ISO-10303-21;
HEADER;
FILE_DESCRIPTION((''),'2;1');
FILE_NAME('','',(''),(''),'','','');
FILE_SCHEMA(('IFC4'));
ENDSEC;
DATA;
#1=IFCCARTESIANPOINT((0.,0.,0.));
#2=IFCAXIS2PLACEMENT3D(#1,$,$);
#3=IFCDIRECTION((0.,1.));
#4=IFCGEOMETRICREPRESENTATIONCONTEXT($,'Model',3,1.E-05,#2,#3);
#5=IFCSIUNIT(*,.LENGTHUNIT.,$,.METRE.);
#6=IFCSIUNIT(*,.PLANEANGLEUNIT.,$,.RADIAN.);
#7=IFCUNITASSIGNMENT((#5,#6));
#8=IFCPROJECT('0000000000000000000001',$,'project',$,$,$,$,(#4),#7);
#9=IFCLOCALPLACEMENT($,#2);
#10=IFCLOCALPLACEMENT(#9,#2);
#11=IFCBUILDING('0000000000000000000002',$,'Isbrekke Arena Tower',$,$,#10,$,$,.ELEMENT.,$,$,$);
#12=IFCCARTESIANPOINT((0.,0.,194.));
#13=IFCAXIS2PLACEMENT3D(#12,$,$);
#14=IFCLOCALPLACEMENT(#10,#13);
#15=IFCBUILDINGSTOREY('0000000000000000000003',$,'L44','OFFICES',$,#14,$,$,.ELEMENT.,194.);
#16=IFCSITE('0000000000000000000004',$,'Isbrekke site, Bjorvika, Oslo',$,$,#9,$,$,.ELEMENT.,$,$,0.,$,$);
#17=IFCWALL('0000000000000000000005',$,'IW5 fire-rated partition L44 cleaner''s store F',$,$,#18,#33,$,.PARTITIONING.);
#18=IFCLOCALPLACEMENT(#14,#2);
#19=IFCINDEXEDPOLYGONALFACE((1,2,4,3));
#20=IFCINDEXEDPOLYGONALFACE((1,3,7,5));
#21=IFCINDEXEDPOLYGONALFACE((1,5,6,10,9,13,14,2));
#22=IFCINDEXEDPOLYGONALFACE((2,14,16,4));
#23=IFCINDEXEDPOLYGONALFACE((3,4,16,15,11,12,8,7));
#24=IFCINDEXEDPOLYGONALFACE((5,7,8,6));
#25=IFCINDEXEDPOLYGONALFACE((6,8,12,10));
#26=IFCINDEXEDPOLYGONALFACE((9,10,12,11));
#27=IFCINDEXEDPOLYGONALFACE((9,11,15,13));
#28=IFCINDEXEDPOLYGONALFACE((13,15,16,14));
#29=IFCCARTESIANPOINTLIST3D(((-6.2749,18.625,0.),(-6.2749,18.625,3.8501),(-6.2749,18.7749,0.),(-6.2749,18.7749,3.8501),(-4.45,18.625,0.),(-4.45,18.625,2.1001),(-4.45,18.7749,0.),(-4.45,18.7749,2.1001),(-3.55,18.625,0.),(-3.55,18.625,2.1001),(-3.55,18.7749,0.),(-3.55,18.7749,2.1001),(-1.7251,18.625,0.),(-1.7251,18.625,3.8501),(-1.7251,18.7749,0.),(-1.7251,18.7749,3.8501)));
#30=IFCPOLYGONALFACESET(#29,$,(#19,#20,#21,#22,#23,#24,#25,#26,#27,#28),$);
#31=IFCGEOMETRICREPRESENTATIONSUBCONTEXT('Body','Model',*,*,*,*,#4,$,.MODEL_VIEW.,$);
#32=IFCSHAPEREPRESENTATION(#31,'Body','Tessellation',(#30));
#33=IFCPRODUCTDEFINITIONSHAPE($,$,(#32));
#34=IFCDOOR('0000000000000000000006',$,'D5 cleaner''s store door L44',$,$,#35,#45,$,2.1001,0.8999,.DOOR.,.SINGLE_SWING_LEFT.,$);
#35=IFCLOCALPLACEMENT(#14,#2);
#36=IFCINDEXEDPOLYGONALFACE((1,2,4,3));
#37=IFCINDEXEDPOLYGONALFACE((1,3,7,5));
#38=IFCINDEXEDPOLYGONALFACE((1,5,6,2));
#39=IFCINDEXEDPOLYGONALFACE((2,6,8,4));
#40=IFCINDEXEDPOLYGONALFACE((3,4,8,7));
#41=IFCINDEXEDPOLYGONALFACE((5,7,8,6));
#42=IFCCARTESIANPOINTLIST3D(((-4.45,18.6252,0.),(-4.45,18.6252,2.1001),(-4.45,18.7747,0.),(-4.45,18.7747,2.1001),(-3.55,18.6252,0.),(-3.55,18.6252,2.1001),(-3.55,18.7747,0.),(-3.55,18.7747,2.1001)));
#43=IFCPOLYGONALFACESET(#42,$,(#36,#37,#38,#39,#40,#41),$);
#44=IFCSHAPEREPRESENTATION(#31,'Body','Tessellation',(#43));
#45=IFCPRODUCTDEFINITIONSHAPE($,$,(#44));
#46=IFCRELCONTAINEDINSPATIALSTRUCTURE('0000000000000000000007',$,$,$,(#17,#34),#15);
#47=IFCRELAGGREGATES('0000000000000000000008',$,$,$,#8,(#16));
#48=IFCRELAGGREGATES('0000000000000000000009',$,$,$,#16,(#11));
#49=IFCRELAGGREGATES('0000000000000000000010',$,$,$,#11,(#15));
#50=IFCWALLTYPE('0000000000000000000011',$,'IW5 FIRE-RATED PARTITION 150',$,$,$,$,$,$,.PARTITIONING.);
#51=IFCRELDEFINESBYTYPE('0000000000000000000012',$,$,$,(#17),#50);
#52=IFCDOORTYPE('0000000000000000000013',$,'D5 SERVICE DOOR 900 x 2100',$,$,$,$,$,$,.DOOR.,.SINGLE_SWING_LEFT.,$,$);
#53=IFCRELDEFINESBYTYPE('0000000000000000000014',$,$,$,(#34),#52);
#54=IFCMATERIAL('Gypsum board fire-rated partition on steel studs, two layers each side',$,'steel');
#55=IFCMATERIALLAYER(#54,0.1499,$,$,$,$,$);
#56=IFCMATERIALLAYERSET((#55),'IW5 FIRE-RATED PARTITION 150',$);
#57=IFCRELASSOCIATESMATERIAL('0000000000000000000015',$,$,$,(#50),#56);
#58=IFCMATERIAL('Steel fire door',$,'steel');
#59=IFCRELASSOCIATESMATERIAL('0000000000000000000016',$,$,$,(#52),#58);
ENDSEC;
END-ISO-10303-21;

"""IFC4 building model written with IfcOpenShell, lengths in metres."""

from ifc_helpers import new_model, si_unit, direction, frame, frame_2d, origin, place, context, subcontext, project, spatial, rectangle, extrude, material, layer, layer_set, type_object, element, fill, save


model = new_model("IFC4")

# Units and contexts
model_context = context("Model", 3, precision=1e-05, world=origin(), true_north=direction((0.0, 1.0)))
body_context = subcontext(model_context, "Body", "Model", "MODEL_VIEW")
ifc_project = project(units=[si_unit("LENGTHUNIT", "METRE"), si_unit("PLANEANGLEUNIT", "RADIAN")], contexts=[model_context])

# Site, building, storey
site_placement = place(None, origin())
site = spatial("IfcSite", under=ifc_project, at=site_placement, Name="Isbrekke site, Bjorvika, Oslo", CompositionType="ELEMENT", RefElevation=0.0)
building_placement = place(site_placement, origin())
building = spatial("IfcBuilding", under=site, at=building_placement, Name="Isbrekke Arena Tower", CompositionType="ELEMENT")
storey_placement = place(building_placement, frame((0.0, 0.0, 194.0)))
storey = spatial("IfcBuildingStorey", under=building, at=storey_placement, Name="L44", Description="OFFICES", CompositionType="ELEMENT", Elevation=194.0)

# Wall, opening, door
ifc_material_1 = material(Name="Gypsum board fire-rated partition on steel studs, two layers each side", Category="steel")
ifc_layer_1 = layer(ifc_material_1, 0.1499)
ifc_layer_set_1 = layer_set([ifc_layer_1], Name="IW5 FIRE-RATED PARTITION 150")
wall_type_1 = type_object("IfcWallType", Name="IW5 FIRE-RATED PARTITION 150", PredefinedType="PARTITIONING", material=ifc_layer_set_1)
wall_1_placement = place(storey_placement, frame((-6.2749, 18.7, 0.0), z_axis=(0.0, 0.0, 1.0), x_axis=(1.0, 0.0, 0.0)))
wall_1 = element("IfcWall", 1, at=wall_1_placement, inside=storey, type_object=wall_type_1, Name="IW5 fire-rated partition L44 cleaner's store F", PredefinedType="PARTITIONING", context=body_context, shape_type="SweptSolid", body=[
    extrude(rectangle(XDim=4.5498, YDim=0.1499, at=frame_2d((2.2749, 0.0))), origin(), (0.0, 0.0, 1.0), 3.8501),
])
opening_1_placement = place(wall_1_placement, frame((1.825, 0.0, 0.0)))
opening_1 = element("IfcOpeningElement", 2, at=opening_1_placement, cuts=wall_1, PredefinedType="OPENING", context=body_context, shape_type="SweptSolid", body=[
    extrude(rectangle(XDim=0.8999, YDim=2.1001, at=frame_2d((0.45, 1.05))), frame((0.0, 0.0898, 0.0), z_axis=(0.0, -1.0, 0.0), x_axis=(1.0, 0.0, 0.0)), (0.0, 0.0, 1.0), 0.1797),
])
ifc_material_2 = material(Name="Steel fire door", Category="steel")
door_type_1 = type_object("IfcDoorType", Name="D5 SERVICE DOOR 900 x 2100", OperationType="SINGLE_SWING_LEFT", PredefinedType="DOOR", material=ifc_material_2)
door_1_placement = place(opening_1_placement, origin())
door_1 = element("IfcDoor", 3, at=door_1_placement, inside=storey, type_object=door_type_1, Name="D5 cleaner's store door L44", OperationType="SINGLE_SWING_LEFT", OverallHeight=2.1001, OverallWidth=0.8999, PredefinedType="DOOR", context=body_context, shape_type="SweptSolid", body=[
    extrude(rectangle(XDim=0.8999, YDim=2.1001, at=frame_2d((0.45, 1.05))), frame((0.0, 0.0747, 0.0), z_axis=(0.0, -1.0, 0.0), x_axis=(1.0, 0.0, 0.0)), (0.0, 0.0, 1.0), 0.1494),
])
fill(opening_1, door_1)

save(model, "model.ifc")
